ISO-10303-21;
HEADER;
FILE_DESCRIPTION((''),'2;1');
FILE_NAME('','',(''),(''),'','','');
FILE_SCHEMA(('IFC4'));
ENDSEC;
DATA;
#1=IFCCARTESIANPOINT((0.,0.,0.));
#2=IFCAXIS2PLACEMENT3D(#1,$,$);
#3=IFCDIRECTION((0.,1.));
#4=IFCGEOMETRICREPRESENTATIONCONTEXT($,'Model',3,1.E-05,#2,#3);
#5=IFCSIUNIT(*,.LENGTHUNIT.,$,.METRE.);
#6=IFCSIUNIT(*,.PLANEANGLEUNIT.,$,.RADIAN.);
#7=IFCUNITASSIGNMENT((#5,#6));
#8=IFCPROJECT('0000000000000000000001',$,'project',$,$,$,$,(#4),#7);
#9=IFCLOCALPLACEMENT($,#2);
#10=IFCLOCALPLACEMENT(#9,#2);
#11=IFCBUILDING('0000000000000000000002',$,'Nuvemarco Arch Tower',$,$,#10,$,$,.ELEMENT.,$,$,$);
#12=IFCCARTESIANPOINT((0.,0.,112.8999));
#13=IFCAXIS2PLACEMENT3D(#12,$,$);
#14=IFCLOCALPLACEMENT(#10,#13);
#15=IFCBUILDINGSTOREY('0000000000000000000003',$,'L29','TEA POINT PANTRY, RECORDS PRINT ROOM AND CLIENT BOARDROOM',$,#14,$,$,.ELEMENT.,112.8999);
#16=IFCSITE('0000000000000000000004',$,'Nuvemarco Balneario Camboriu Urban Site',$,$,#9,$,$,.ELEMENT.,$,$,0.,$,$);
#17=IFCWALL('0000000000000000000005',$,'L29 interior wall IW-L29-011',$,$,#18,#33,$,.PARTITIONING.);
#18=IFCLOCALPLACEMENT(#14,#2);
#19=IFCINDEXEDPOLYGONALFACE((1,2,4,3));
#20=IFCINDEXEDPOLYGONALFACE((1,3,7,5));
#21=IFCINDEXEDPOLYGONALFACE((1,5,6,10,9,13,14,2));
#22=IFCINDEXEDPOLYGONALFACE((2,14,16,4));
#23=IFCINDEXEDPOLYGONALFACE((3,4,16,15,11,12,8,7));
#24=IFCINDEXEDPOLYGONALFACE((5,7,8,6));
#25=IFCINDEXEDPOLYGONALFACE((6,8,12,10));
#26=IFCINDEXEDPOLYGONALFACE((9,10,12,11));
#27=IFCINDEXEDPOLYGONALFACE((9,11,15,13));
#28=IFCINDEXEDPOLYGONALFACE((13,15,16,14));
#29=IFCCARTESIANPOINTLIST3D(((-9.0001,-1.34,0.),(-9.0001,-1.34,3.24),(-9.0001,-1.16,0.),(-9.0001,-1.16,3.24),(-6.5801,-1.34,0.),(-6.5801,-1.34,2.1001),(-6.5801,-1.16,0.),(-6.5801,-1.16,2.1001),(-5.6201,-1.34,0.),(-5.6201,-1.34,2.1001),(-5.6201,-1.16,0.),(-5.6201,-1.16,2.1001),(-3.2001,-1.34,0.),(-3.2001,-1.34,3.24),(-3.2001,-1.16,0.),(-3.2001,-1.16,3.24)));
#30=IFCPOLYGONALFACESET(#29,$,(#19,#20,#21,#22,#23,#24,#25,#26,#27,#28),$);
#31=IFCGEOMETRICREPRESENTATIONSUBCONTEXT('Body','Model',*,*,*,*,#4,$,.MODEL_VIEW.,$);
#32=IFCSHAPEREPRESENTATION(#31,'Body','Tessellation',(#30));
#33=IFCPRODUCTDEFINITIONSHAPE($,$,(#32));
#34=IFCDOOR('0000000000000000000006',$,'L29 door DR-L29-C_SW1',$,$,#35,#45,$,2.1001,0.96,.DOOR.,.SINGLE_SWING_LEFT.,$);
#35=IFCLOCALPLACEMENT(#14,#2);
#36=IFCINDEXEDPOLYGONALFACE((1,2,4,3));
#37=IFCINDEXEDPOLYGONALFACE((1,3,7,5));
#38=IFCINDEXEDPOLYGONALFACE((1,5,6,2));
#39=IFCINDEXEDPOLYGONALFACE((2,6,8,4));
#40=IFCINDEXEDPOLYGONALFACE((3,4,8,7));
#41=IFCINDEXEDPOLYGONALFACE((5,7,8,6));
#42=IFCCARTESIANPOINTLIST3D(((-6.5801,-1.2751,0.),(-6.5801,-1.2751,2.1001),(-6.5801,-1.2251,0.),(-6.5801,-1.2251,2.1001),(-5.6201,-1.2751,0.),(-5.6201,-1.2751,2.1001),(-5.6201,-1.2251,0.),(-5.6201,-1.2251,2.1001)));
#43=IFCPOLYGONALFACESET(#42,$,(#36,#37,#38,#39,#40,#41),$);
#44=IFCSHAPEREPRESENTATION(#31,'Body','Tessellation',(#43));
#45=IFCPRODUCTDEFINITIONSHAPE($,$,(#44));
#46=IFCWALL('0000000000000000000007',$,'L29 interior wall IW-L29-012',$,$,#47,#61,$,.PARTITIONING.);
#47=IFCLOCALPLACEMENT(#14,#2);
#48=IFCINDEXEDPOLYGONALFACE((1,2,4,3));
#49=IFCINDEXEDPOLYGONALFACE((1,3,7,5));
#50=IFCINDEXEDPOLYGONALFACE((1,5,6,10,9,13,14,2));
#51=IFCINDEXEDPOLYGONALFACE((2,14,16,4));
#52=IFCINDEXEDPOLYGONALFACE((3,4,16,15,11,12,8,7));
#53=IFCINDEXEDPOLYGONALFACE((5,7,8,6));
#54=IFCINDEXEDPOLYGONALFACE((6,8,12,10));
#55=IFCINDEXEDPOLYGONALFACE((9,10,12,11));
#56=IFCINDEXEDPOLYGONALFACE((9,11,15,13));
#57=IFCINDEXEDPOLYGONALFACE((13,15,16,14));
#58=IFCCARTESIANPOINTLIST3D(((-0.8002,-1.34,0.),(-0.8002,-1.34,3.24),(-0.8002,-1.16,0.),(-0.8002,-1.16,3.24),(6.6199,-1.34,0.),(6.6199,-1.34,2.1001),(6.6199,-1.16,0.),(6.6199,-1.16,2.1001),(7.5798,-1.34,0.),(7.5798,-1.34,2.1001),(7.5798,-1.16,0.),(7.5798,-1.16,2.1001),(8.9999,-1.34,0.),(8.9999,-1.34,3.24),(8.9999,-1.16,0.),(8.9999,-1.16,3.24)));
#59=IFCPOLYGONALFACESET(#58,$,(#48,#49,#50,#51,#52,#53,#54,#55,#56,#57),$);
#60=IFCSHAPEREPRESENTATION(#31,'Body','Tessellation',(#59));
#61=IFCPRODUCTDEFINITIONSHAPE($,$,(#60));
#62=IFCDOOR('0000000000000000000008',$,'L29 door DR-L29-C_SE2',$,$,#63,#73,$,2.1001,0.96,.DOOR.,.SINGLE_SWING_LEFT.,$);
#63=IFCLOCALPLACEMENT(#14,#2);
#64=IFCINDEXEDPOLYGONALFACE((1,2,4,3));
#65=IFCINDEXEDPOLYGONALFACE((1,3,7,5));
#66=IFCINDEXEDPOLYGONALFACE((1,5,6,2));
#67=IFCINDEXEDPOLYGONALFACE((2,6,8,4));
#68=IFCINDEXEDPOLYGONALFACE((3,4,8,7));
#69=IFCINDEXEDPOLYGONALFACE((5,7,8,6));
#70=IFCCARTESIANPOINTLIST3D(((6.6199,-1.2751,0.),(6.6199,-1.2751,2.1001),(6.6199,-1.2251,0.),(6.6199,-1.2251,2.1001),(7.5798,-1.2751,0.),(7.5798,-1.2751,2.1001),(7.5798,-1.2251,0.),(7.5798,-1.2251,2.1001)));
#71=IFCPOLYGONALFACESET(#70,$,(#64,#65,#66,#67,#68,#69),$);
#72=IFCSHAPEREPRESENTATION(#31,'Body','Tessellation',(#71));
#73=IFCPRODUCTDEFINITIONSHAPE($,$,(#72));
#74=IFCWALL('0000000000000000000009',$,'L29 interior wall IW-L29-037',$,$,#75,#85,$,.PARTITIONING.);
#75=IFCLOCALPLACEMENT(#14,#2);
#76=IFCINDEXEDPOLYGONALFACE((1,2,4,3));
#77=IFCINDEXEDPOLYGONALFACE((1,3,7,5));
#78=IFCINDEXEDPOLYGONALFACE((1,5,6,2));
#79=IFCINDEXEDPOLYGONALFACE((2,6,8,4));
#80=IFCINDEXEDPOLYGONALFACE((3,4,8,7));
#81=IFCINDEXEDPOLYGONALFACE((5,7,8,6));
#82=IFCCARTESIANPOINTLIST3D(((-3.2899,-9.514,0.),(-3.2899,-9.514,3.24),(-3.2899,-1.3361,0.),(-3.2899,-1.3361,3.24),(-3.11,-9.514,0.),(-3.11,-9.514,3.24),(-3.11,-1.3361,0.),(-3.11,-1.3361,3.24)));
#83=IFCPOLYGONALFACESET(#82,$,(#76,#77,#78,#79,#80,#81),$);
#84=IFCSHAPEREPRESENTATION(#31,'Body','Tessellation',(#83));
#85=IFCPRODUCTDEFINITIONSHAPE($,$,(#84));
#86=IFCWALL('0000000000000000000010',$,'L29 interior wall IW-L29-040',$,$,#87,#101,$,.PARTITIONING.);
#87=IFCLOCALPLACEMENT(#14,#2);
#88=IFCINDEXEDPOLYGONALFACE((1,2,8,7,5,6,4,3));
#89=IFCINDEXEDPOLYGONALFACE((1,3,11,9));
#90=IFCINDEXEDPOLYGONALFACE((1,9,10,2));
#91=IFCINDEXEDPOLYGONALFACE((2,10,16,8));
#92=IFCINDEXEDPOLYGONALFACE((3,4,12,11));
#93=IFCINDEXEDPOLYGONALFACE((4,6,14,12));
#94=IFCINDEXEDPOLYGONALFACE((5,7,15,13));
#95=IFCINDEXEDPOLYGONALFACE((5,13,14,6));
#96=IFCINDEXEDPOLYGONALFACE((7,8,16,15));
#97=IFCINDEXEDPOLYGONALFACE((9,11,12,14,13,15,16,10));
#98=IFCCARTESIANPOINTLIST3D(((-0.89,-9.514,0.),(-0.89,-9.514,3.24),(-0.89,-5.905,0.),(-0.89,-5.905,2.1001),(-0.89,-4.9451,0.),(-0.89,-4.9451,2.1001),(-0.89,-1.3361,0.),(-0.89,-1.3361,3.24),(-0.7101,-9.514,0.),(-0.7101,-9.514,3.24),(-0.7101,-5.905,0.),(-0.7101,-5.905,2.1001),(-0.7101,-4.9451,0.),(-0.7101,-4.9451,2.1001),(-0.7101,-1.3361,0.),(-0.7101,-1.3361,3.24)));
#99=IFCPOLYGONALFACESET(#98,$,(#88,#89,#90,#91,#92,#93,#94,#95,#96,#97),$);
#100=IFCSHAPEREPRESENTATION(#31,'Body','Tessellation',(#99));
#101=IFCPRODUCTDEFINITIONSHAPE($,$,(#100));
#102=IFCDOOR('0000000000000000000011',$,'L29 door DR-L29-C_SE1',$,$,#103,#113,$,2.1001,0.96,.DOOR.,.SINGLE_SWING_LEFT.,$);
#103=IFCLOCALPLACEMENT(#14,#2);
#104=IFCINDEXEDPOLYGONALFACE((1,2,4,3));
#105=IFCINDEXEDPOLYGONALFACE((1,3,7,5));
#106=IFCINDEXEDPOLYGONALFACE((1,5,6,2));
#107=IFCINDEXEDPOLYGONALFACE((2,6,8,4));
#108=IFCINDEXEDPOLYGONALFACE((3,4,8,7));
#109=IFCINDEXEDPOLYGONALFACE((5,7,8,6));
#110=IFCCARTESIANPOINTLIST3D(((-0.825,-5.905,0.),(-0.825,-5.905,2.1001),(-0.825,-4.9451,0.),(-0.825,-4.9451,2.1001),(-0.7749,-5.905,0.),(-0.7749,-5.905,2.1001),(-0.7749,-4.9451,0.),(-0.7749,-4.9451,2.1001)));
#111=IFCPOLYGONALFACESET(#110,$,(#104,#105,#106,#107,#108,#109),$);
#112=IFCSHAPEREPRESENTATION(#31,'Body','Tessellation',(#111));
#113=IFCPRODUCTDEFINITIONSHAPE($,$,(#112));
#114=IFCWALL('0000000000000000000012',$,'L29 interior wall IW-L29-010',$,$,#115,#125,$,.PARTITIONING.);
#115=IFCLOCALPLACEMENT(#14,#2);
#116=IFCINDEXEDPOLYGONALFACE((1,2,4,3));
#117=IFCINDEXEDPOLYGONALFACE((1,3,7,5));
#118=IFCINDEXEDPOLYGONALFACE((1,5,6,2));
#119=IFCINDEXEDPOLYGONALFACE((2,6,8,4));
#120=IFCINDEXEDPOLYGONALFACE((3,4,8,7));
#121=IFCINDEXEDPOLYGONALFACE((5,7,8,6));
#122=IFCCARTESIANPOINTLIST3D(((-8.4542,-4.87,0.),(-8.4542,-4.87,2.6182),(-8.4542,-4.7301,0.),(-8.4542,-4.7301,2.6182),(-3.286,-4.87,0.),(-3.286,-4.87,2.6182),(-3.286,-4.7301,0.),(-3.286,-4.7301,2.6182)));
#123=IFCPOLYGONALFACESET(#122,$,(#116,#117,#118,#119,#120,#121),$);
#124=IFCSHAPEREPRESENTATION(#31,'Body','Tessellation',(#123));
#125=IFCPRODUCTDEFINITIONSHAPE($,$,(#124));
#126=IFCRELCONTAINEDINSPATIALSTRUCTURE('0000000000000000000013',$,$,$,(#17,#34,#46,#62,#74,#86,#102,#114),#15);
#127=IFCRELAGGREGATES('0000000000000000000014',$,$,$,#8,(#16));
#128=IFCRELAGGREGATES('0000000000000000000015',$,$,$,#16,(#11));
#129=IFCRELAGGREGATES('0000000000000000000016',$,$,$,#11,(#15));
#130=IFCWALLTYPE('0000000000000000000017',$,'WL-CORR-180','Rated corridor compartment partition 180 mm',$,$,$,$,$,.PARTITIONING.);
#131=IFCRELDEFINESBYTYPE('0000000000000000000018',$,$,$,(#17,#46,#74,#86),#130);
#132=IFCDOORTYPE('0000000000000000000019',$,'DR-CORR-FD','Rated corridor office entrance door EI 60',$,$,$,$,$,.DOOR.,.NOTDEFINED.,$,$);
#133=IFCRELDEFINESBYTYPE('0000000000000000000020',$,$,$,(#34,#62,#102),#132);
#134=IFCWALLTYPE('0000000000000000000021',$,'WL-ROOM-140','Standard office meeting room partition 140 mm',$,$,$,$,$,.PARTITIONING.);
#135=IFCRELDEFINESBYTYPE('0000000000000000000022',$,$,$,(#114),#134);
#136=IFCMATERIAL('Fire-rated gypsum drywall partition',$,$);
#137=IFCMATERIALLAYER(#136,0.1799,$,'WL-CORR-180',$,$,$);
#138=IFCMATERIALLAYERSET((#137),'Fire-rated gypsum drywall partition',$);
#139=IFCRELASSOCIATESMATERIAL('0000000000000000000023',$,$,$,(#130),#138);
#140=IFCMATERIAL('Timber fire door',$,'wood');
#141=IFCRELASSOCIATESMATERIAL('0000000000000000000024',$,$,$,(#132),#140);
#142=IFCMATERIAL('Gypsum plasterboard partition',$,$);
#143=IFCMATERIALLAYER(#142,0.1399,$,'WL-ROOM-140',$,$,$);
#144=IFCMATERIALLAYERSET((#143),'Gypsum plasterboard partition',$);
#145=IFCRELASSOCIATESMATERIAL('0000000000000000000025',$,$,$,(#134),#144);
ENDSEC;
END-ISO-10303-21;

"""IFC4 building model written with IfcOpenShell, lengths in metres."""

from ifc_helpers import new_model, si_unit, direction, frame, frame_2d, origin, place, context, subcontext, project, spatial, rectangle, extrude, source, transform, mapped, material, layer, layer_set, type_object, type_shapes, element, fill, save


model = new_model("IFC4")

# Units and contexts
model_context = context("Model", 3, precision=1e-05, world=origin(), true_north=direction((0.0, 1.0)))
body_context = subcontext(model_context, "Body", "Model", "MODEL_VIEW")
ifc_project = project(units=[si_unit("LENGTHUNIT", "METRE"), si_unit("PLANEANGLEUNIT", "RADIAN")], contexts=[model_context])

# Site, building, storey
site_placement = place(None, origin())
site = spatial("IfcSite", under=ifc_project, at=site_placement, Name="Nuvemarco Balneario Camboriu Urban Site", CompositionType="ELEMENT", RefElevation=0.0)
building_placement = place(site_placement, origin())
building = spatial("IfcBuilding", under=site, at=building_placement, Name="Nuvemarco Arch Tower", CompositionType="ELEMENT")
storey_placement = place(building_placement, frame((0.0, 0.0, 112.8999)))
storey = spatial("IfcBuildingStorey", under=building, at=storey_placement, Name="L29", Description="TEA POINT PANTRY, RECORDS PRINT ROOM AND CLIENT BOARDROOM", CompositionType="ELEMENT", Elevation=112.8999)

# Shared definitions
ifc_material_1 = material(Name="Fire-rated gypsum drywall partition")
ifc_layer_1 = layer(ifc_material_1, 0.1799, Name="WL-CORR-180")
ifc_layer_set_1 = layer_set([ifc_layer_1], Name="Fire-rated gypsum drywall partition")
wall_type_1 = type_object("IfcWallType", Name="WL-CORR-180", Description="Rated corridor compartment partition 180 mm", PredefinedType="PARTITIONING", material=ifc_layer_set_1)
ifc_material_2 = material(Name="Timber fire door", Category="wood")
door_type = type_object("IfcDoorType", Name="DR-CORR-FD", Description="Rated corridor office entrance door EI 60", OperationType="NOTDEFINED", PredefinedType="DOOR", material=ifc_material_2)
shared_shape = source(origin(), body_context, "Body", "SweptSolid", [
    extrude(rectangle(XDim=0.96, YDim=2.1001, at=frame_2d((0.48, 1.05))), frame((0.0, 0.0249, 0.0), z_axis=(0.0, -1.0, 0.0), x_axis=(1.0, 0.0, 0.0)), (0.0, 0.0, 1.0), 0.05),
])
type_shapes(door_type, [shared_shape])

# Walls, openings, doors
wall_1_placement = place(storey_placement, frame((-9.0, -1.25, 0.0), z_axis=(0.0, 0.0, 1.0), x_axis=(1.0, 0.0, 0.0)))
wall_1 = element("IfcWall", 1, at=wall_1_placement, inside=storey, type_object=wall_type_1, Name="L29 interior wall IW-L29-011", PredefinedType="PARTITIONING", context=body_context, shape_type="SweptSolid", body=[
    extrude(rectangle(XDim=5.8, YDim=0.1799, at=frame_2d((2.8999, 0.0))), origin(), (0.0, 0.0, 1.0), 3.24),
])
opening_1_placement = place(wall_1_placement, frame((2.4199, 0.0, 0.0)))
opening_1 = element("IfcOpeningElement", 2, at=opening_1_placement, cuts=wall_1, PredefinedType="OPENING", context=body_context, shape_type="SweptSolid", body=[
    extrude(rectangle(XDim=0.96, YDim=2.1001, at=frame_2d((0.48, 1.05))), frame((0.0, 0.0999, 0.0), z_axis=(0.0, -1.0, 0.0), x_axis=(1.0, 0.0, 0.0)), (0.0, 0.0, 1.0), 0.2),
])
door_1_placement = place(opening_1_placement, origin())
door_1 = element("IfcDoor", 3, at=door_1_placement, inside=storey, type_object=door_type, Name="L29 door DR-L29-C_SW1", OperationType="SINGLE_SWING_LEFT", OverallHeight=2.1001, OverallWidth=0.96, PredefinedType="DOOR", context=body_context, shape_type="MappedRepresentation", body=[
    mapped(shared_shape, transform((0.0, 0.0, 0.0), scale=1.0)),
])
fill(opening_1, door_1)
wall_2_placement = place(storey_placement, frame((-0.8, -1.25, 0.0), z_axis=(0.0, 0.0, 1.0), x_axis=(1.0, 0.0, 0.0)))
wall_2 = element("IfcWall", 4, at=wall_2_placement, inside=storey, type_object=wall_type_1, Name="L29 interior wall IW-L29-012", PredefinedType="PARTITIONING", context=body_context, shape_type="SweptSolid", body=[
    extrude(rectangle(XDim=9.8, YDim=0.1799, at=frame_2d((4.8999, 0.0))), origin(), (0.0, 0.0, 1.0), 3.24),
])
opening_2_placement = place(wall_2_placement, frame((7.4199, 0.0, 0.0)))
opening_2 = element("IfcOpeningElement", 5, at=opening_2_placement, cuts=wall_2, PredefinedType="OPENING", context=body_context, shape_type="SweptSolid", body=[
    extrude(rectangle(XDim=0.96, YDim=2.1001, at=frame_2d((0.48, 1.05))), frame((0.0, 0.0999, 0.0), z_axis=(0.0, -1.0, 0.0), x_axis=(1.0, 0.0, 0.0)), (0.0, 0.0, 1.0), 0.2),
])
door_2_placement = place(opening_2_placement, origin())
door_2 = element("IfcDoor", 6, at=door_2_placement, inside=storey, type_object=door_type, Name="L29 door DR-L29-C_SE2", OperationType="SINGLE_SWING_LEFT", OverallHeight=2.1001, OverallWidth=0.96, PredefinedType="DOOR", context=body_context, shape_type="MappedRepresentation", body=[
    mapped(shared_shape, transform((0.0, 0.0, 0.0), scale=1.0)),
])
fill(opening_2, door_2)

# Wall
wall_3_placement = place(storey_placement, frame((-3.2, -9.5139, 0.0), z_axis=(0.0, 0.0, 1.0), x_axis=(0.0, 1.0, 0.0)))
element("IfcWall", 7, at=wall_3_placement, inside=storey, type_object=wall_type_1, Name="L29 interior wall IW-L29-037", PredefinedType="PARTITIONING", context=body_context, shape_type="SweptSolid", body=[
    extrude(rectangle(XDim=8.178, YDim=0.1799, at=frame_2d((4.0889, 0.0))), origin(), (0.0, 0.0, 1.0), 3.24),
])

# Wall, opening, door
wall_4_placement = place(storey_placement, frame((-0.8, -9.5139, 0.0), z_axis=(0.0, 0.0, 1.0), x_axis=(0.0, 1.0, 0.0)))
wall_4 = element("IfcWall", 8, at=wall_4_placement, inside=storey, type_object=wall_type_1, Name="L29 interior wall IW-L29-040", PredefinedType="PARTITIONING", context=body_context, shape_type="SweptSolid", body=[
    extrude(rectangle(XDim=8.178, YDim=0.1799, at=frame_2d((4.0889, 0.0))), origin(), (0.0, 0.0, 1.0), 3.24),
])
opening_3_placement = place(wall_4_placement, frame((3.6089, 0.0, 0.0)))
opening_3 = element("IfcOpeningElement", 9, at=opening_3_placement, cuts=wall_4, PredefinedType="OPENING", context=body_context, shape_type="SweptSolid", body=[
    extrude(rectangle(XDim=0.96, YDim=2.1001, at=frame_2d((0.48, 1.05))), frame((0.0, 0.0999, 0.0), z_axis=(0.0, -1.0, 0.0), x_axis=(1.0, 0.0, 0.0)), (0.0, 0.0, 1.0), 0.2),
])
door_3_placement = place(opening_3_placement, origin())
door_3 = element("IfcDoor", 10, at=door_3_placement, inside=storey, type_object=door_type, Name="L29 door DR-L29-C_SE1", OperationType="SINGLE_SWING_LEFT", OverallHeight=2.1001, OverallWidth=0.96, PredefinedType="DOOR", context=body_context, shape_type="MappedRepresentation", body=[
    mapped(shared_shape, transform((0.0, 0.0, 0.0), scale=1.0)),
])
fill(opening_3, door_3)

# Wall
ifc_material_3 = material(Name="Gypsum plasterboard partition")
ifc_layer_2 = layer(ifc_material_3, 0.1399, Name="WL-ROOM-140")
ifc_layer_set_2 = layer_set([ifc_layer_2], Name="Gypsum plasterboard partition")
wall_type_2 = type_object("IfcWallType", Name="WL-ROOM-140", Description="Standard office meeting room partition 140 mm", PredefinedType="PARTITIONING", material=ifc_layer_set_2)
wall_5_placement = place(storey_placement, frame((-8.4541, -4.8, 0.0), z_axis=(0.0, 0.0, 1.0), x_axis=(1.0, 0.0, 0.0)))
element("IfcWall", 11, at=wall_5_placement, inside=storey, type_object=wall_type_2, Name="L29 interior wall IW-L29-010", PredefinedType="PARTITIONING", context=body_context, shape_type="SweptSolid", body=[
    extrude(rectangle(XDim=5.1682, YDim=0.1399, at=frame_2d((2.584, 0.0))), origin(), (0.0, 0.0, 1.0), 2.6182),
])

save(model, "model.ifc")
